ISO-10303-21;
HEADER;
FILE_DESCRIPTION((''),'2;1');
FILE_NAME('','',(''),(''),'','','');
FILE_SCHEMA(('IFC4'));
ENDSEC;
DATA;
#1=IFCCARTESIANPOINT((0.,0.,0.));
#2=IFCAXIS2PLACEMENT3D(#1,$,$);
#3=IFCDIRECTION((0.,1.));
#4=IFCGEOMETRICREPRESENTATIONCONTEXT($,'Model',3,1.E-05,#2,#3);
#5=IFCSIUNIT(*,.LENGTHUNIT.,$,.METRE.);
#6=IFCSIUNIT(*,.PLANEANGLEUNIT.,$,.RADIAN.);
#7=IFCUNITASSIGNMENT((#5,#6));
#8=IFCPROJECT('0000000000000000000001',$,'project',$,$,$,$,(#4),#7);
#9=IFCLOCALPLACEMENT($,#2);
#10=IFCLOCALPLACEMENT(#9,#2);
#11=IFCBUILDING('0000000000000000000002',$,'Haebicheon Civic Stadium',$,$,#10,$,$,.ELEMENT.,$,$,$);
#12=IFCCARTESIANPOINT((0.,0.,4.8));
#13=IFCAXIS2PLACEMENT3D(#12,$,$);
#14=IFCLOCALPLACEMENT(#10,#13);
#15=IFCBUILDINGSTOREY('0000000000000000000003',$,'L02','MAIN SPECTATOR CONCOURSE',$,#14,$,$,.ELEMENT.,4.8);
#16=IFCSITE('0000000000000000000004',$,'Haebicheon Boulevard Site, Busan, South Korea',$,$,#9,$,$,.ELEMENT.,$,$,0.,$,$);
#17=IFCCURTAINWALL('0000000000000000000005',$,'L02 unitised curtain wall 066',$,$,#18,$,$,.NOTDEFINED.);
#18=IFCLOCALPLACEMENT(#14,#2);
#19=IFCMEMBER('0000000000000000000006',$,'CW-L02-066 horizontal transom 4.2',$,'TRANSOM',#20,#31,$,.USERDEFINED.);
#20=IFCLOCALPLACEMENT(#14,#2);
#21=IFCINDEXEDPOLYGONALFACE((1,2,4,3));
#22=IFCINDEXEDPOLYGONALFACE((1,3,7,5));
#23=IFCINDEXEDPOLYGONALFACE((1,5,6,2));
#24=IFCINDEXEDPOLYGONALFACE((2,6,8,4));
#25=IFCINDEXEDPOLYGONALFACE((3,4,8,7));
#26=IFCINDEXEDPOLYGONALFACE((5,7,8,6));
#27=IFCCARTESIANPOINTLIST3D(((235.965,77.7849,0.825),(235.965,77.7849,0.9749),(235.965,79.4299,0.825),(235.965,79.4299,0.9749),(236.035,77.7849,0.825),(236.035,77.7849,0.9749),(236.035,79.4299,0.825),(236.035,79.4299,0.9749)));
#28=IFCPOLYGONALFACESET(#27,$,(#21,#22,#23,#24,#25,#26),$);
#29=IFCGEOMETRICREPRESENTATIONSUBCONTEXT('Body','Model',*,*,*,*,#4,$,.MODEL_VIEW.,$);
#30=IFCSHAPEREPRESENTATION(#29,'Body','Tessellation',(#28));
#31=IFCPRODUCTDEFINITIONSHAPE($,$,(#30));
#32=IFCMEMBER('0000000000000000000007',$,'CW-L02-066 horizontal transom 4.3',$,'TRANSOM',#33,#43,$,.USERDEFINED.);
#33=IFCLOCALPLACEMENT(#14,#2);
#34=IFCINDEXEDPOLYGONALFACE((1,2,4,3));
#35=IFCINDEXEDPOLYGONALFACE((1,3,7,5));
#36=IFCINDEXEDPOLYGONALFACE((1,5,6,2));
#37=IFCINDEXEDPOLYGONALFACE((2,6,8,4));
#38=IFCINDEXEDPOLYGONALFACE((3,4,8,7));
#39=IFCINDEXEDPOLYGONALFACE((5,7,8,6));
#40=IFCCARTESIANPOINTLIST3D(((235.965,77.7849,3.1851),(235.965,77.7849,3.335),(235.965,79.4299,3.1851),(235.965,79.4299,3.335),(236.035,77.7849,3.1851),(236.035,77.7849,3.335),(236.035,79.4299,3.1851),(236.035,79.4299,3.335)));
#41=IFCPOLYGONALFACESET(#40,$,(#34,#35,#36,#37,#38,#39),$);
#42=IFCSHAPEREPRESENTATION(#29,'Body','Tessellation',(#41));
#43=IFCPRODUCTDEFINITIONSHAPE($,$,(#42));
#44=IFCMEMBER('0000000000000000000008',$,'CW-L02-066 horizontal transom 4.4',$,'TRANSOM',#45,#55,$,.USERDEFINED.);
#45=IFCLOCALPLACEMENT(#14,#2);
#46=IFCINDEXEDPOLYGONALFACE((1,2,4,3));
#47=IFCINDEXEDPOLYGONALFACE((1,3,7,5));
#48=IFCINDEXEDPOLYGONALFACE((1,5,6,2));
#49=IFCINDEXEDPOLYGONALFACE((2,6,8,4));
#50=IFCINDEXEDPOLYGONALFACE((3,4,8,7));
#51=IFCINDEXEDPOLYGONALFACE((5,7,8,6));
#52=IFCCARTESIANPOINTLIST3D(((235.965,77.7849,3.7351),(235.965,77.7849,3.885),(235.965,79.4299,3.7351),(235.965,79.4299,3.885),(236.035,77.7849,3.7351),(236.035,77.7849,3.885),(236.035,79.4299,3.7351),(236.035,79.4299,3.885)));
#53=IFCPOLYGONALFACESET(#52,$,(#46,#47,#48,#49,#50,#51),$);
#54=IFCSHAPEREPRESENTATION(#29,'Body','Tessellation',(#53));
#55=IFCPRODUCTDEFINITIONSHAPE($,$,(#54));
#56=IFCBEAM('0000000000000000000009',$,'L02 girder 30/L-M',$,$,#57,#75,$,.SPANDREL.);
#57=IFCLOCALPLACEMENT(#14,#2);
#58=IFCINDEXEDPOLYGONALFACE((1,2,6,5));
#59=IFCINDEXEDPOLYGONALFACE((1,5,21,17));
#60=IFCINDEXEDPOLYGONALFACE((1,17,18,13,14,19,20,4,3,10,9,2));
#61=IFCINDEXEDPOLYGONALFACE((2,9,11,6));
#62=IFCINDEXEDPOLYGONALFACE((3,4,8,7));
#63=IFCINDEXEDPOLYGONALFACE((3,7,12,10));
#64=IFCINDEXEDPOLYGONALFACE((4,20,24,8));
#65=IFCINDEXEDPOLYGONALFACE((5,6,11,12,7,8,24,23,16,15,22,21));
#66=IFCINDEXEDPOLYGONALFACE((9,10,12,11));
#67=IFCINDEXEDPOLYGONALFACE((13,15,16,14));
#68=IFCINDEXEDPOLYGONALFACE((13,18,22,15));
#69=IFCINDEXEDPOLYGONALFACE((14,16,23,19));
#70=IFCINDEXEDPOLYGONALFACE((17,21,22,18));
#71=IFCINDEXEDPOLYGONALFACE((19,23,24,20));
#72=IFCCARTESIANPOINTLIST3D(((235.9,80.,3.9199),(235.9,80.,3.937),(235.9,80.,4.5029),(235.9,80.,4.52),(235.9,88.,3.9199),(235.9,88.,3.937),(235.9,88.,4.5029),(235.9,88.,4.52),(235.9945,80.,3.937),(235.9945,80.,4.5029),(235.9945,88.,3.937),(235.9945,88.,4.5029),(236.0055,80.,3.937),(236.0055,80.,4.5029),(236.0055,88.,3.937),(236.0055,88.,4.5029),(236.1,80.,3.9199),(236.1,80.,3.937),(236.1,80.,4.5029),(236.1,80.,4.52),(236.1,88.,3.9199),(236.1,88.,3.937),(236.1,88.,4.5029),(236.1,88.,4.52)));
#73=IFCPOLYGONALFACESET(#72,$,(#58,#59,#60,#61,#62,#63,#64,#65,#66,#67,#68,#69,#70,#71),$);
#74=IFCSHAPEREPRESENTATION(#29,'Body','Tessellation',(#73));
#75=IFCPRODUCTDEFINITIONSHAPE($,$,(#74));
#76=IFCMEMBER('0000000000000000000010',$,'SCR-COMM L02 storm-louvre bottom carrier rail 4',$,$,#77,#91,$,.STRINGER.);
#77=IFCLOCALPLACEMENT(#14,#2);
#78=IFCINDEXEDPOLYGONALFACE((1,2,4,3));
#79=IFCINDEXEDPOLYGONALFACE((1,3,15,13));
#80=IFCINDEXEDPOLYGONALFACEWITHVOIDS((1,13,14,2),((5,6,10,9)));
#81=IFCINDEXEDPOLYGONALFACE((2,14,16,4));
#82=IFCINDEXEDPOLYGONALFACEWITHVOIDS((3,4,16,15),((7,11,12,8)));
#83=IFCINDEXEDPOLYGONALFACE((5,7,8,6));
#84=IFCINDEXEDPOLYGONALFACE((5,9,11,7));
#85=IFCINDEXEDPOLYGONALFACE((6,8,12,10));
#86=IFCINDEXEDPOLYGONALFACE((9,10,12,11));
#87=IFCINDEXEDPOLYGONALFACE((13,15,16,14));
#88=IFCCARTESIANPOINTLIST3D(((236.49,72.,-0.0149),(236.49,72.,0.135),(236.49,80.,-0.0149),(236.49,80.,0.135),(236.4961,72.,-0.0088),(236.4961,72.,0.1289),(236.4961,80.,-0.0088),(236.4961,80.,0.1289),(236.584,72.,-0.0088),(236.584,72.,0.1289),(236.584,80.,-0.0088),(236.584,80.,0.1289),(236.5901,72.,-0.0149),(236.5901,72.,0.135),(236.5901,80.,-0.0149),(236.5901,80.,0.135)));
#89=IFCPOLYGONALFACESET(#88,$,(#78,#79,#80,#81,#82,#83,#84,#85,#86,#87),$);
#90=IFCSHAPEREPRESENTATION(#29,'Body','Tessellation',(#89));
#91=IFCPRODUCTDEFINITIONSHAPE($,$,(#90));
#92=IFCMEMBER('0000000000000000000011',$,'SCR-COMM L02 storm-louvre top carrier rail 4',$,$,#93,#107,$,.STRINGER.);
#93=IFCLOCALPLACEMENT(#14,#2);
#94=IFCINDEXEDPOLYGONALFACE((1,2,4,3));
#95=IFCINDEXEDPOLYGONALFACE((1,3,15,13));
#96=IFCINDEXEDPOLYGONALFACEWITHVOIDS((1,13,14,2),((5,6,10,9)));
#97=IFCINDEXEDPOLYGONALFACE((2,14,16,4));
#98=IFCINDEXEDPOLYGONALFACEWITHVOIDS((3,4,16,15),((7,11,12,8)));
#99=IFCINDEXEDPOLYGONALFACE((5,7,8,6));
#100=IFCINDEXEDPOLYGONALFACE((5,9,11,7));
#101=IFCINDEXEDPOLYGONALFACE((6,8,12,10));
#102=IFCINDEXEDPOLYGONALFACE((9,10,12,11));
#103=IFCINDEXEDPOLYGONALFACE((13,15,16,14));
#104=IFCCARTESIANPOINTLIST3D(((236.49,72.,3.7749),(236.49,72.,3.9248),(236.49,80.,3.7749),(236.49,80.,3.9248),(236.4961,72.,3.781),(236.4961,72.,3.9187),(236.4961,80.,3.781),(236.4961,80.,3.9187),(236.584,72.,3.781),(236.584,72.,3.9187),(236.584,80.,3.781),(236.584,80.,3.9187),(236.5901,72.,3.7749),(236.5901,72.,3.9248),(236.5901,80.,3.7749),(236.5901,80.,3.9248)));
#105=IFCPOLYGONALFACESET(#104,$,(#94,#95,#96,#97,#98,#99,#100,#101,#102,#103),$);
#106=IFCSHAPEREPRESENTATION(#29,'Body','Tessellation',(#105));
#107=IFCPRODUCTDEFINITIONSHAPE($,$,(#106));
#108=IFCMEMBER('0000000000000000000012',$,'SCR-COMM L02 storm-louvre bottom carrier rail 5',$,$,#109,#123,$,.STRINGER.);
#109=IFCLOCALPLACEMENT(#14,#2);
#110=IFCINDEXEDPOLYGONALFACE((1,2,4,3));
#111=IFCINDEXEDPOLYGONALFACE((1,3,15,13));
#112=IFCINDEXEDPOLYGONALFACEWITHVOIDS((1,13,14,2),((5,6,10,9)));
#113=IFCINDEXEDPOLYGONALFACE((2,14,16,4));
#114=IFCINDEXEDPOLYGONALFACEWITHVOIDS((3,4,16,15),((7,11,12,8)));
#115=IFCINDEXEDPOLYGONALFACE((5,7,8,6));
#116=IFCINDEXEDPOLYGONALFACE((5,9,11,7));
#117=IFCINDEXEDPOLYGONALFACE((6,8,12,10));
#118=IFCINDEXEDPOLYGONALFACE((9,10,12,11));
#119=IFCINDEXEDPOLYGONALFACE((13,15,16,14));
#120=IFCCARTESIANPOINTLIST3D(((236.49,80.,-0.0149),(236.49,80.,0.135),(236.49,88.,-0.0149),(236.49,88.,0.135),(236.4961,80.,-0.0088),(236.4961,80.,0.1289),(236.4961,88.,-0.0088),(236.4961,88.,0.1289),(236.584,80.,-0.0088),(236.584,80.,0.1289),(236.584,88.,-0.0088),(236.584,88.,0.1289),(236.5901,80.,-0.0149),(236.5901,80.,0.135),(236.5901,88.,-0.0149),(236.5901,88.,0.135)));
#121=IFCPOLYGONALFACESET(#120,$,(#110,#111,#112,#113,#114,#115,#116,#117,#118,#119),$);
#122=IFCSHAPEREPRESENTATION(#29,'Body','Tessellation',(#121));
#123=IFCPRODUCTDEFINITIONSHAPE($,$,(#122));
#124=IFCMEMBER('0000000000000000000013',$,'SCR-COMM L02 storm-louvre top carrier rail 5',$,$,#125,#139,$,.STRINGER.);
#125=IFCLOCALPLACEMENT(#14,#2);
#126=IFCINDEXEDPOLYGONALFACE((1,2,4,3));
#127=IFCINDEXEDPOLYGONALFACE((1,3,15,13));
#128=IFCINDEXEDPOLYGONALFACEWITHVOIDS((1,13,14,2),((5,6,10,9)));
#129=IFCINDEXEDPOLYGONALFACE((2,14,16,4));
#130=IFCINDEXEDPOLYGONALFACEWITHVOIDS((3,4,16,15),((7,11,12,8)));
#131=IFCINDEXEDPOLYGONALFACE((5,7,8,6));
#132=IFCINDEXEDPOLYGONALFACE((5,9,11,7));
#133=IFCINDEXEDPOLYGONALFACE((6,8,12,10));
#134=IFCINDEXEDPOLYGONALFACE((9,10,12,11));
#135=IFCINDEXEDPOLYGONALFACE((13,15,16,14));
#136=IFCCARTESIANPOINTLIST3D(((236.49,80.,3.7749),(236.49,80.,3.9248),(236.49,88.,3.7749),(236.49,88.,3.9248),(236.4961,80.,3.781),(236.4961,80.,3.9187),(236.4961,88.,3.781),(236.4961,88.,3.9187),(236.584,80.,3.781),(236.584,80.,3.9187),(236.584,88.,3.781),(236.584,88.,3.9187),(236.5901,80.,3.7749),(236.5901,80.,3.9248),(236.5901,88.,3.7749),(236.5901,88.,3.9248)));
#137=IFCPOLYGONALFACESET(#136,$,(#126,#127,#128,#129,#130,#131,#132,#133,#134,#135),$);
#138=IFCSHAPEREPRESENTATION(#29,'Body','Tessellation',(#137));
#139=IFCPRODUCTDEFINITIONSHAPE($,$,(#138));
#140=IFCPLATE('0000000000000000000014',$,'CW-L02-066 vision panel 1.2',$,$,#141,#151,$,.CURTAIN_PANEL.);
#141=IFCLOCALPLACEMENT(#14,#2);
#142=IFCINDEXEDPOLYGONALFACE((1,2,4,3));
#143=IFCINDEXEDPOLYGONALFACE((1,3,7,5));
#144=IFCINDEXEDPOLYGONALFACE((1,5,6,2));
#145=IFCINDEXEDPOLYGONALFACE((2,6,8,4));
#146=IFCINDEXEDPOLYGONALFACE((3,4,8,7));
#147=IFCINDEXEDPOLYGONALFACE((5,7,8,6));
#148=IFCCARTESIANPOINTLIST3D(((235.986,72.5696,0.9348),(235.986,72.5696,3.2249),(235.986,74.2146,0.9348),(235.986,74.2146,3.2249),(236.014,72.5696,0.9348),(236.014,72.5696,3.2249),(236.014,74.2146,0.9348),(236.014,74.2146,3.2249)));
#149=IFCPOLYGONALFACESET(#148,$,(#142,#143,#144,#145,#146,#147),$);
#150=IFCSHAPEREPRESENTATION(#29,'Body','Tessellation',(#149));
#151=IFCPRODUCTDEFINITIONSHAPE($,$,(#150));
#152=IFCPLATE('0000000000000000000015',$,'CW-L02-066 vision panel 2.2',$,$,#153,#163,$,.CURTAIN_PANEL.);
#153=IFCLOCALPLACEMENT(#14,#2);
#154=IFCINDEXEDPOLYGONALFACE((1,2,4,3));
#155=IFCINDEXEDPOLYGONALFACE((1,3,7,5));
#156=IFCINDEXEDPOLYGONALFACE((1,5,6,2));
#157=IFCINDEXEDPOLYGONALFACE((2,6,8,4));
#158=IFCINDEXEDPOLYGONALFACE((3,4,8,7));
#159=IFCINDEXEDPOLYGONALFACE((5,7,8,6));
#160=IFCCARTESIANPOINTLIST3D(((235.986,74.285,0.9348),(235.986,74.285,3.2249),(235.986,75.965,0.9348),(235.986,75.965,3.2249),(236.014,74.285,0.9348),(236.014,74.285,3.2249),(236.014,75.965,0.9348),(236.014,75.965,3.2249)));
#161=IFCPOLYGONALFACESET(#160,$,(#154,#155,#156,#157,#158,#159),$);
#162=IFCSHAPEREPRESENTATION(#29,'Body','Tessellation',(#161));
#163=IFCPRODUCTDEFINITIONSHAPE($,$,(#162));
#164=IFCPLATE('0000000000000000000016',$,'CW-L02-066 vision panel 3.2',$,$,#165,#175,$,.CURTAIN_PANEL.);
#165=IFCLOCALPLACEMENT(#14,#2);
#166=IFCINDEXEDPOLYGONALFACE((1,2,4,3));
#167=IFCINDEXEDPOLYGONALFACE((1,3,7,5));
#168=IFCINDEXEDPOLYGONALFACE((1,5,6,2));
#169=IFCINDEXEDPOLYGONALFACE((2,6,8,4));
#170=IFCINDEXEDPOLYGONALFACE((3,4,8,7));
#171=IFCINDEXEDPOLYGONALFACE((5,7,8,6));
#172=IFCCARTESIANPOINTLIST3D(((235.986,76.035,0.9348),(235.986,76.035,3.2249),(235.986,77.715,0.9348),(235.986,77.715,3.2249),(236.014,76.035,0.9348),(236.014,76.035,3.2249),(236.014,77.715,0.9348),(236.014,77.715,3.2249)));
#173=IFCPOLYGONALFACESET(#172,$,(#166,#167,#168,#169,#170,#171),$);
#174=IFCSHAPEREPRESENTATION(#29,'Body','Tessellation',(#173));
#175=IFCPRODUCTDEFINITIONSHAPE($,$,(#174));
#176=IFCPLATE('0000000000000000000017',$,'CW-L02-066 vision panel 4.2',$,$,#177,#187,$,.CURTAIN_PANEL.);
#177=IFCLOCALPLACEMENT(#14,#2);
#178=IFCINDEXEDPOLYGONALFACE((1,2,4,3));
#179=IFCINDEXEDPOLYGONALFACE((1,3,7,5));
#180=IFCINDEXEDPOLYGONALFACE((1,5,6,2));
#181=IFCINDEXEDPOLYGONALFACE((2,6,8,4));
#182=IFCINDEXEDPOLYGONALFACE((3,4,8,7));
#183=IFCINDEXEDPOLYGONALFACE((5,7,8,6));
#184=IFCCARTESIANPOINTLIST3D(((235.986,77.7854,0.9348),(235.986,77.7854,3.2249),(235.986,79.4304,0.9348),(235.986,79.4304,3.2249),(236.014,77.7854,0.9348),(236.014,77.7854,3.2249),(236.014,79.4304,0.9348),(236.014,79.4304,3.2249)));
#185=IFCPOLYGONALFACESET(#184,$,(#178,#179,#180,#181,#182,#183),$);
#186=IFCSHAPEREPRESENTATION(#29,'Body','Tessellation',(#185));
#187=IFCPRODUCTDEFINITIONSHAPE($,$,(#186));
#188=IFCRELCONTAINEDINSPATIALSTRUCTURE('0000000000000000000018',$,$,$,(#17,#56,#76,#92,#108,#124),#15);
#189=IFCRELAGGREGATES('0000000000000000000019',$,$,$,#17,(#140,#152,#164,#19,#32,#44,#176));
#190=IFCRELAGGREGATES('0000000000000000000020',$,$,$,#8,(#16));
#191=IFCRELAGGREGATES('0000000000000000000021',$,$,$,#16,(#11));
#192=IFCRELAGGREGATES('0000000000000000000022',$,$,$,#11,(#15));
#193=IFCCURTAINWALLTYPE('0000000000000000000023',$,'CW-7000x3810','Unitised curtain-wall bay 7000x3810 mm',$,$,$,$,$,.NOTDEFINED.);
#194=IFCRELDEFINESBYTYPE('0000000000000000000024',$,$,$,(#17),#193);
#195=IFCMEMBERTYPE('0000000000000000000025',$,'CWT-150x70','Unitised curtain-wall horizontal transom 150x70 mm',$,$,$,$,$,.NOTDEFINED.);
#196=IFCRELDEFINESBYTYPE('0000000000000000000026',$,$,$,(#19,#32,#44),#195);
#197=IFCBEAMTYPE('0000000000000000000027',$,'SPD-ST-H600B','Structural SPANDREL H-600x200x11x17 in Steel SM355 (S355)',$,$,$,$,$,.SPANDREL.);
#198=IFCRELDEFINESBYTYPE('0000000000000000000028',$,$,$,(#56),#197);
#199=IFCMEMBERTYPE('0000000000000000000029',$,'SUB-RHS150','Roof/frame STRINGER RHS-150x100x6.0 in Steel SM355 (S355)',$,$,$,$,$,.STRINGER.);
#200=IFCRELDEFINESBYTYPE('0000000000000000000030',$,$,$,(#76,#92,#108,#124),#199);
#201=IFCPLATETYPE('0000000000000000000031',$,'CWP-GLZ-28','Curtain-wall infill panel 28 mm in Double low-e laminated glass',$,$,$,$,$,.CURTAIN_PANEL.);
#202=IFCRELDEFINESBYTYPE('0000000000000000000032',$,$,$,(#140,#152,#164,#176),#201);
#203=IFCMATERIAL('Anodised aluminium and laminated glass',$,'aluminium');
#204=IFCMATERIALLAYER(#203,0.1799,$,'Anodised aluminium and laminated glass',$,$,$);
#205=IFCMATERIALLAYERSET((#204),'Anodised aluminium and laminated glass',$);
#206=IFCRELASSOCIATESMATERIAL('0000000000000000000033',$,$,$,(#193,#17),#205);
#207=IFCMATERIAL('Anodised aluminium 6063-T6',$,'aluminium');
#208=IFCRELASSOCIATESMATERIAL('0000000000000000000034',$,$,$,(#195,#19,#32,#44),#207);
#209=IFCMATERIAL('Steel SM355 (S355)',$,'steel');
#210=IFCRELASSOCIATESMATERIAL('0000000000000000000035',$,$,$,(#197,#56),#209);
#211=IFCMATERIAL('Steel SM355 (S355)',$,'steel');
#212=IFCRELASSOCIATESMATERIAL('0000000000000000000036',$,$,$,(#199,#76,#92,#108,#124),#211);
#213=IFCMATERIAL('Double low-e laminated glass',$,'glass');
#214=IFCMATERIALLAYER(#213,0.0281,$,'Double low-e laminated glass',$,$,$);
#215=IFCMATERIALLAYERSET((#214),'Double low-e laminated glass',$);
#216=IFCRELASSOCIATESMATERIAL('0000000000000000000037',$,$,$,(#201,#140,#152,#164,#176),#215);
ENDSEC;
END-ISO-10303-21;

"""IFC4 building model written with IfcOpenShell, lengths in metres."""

from ifc_helpers import new_model, si_unit, direction, frame, origin, origin_2d, place, context, subcontext, project, spatial, rectangle, hollow_rectangle, i_section, extrude, material, layer, layer_set, material_profile, profile_set, type_object, element, aggregate, save


model = new_model("IFC4")

# Units and contexts
model_context = context("Model", 3, precision=1e-05, world=origin(), true_north=direction((0.0, 1.0)))
body_context = subcontext(model_context, "Body", "Model", "MODEL_VIEW")
ifc_project = project(units=[si_unit("LENGTHUNIT", "METRE"), si_unit("PLANEANGLEUNIT", "RADIAN")], contexts=[model_context])

# Site, building, storey
site_placement = place(None, origin())
site = spatial("IfcSite", under=ifc_project, at=site_placement, Name="Haebicheon Boulevard Site, Busan, South Korea", CompositionType="ELEMENT", RefElevation=0.0)
building_placement = place(site_placement, origin())
building = spatial("IfcBuilding", under=site, at=building_placement, Name="Haebicheon Civic Stadium", CompositionType="ELEMENT")
storey_placement = place(building_placement, frame((0.0, 0.0, 4.8)))
storey = spatial("IfcBuildingStorey", under=building, at=storey_placement, Name="L02", Description="MAIN SPECTATOR CONCOURSE", CompositionType="ELEMENT", Elevation=4.8)

# Curtain wall, members
ifc_material_1 = material(Name="Anodised aluminium and laminated glass", Category="aluminium")
ifc_layer_1 = layer(ifc_material_1, 0.1799, Name="Anodised aluminium and laminated glass")
ifc_layer_set_1 = layer_set([ifc_layer_1], Name="Anodised aluminium and laminated glass")
curtain_wall_type = type_object("IfcCurtainWallType", Name="CW-7000x3810", Description="Unitised curtain-wall bay 7000x3810 mm", PredefinedType="NOTDEFINED", material=ifc_layer_set_1)
curtain_wall_placement = place(storey_placement, origin())
curtain_wall = element("IfcCurtainWall", 1, at=curtain_wall_placement, inside=storey, type_object=curtain_wall_type, material=ifc_layer_set_1, Name="L02 unitised curtain wall 066", PredefinedType="NOTDEFINED")
ifc_material_2 = material(Name="Anodised aluminium 6063-T6", Category="aluminium")
ifc_material_profile_1 = material_profile(ifc_material_2, rectangle(XDim=0.0701, YDim=0.1499, at=origin_2d()), Name="ALU-TRAN-70x150")
ifc_profile_set_1 = profile_set([ifc_material_profile_1], Name="Anodised aluminium 6063-T6")
member_type_1 = type_object("IfcMemberType", Name="CWT-150x70", Description="Unitised curtain-wall horizontal transom 150x70 mm", PredefinedType="NOTDEFINED", material=ifc_profile_set_1)
member_1_placement = place(storey_placement, frame((236.0, 77.7849, 0.8999), z_axis=(0.0, 1.0, 0.0), x_axis=(-1.0, 0.0, 0.0)))
member_1 = element("IfcMember", 2, at=member_1_placement, type_object=member_type_1, material=ifc_profile_set_1, Name="CW-L02-066 horizontal transom 4.2", ObjectType="TRANSOM", PredefinedType="USERDEFINED", context=body_context, shape_type="SweptSolid", body=[
    extrude(rectangle(XDim=0.0701, YDim=0.1499, at=origin_2d()), origin(), (0.0, 0.0, 1.0), 1.645),
])
member_2_placement = place(storey_placement, frame((236.0, 77.7849, 3.26), z_axis=(0.0, 1.0, 0.0), x_axis=(-1.0, 0.0, 0.0)))
member_2 = element("IfcMember", 3, at=member_2_placement, type_object=member_type_1, material=ifc_profile_set_1, Name="CW-L02-066 horizontal transom 4.3", ObjectType="TRANSOM", PredefinedType="USERDEFINED", context=body_context, shape_type="SweptSolid", body=[
    extrude(rectangle(XDim=0.0701, YDim=0.1499, at=origin_2d()), origin(), (0.0, 0.0, 1.0), 1.645),
])
member_3_placement = place(storey_placement, frame((236.0, 77.7849, 3.8101), z_axis=(0.0, 1.0, 0.0), x_axis=(-1.0, 0.0, 0.0)))
member_3 = element("IfcMember", 4, at=member_3_placement, type_object=member_type_1, material=ifc_profile_set_1, Name="CW-L02-066 horizontal transom 4.4", ObjectType="TRANSOM", PredefinedType="USERDEFINED", context=body_context, shape_type="SweptSolid", body=[
    extrude(rectangle(XDim=0.0701, YDim=0.1499, at=origin_2d()), origin(), (0.0, 0.0, 1.0), 1.645),
])

# Beam
ifc_material_3 = material(Name="Steel SM355 (S355)", Category="steel")
ifc_material_profile_2 = material_profile(ifc_material_3, i_section(OverallWidth=0.2, OverallDepth=0.6001, WebThickness=0.011, FlangeThickness=0.0171, at=origin_2d()), Name="H-600x200x11x17")
ifc_profile_set_2 = profile_set([ifc_material_profile_2], Name="Steel SM355 (S355)")
beam_type = type_object("IfcBeamType", Name="SPD-ST-H600B", Description="Structural SPANDREL H-600x200x11x17 in Steel SM355 (S355)", PredefinedType="SPANDREL", material=ifc_profile_set_2)
beam_placement = place(storey_placement, frame((236.0, 80.0, 4.22), z_axis=(0.0, 1.0, 0.0), x_axis=(-1.0, 0.0, 0.0)))
element("IfcBeam", 5, at=beam_placement, inside=storey, type_object=beam_type, material=ifc_profile_set_2, Name="L02 girder 30/L-M", PredefinedType="SPANDREL", context=body_context, shape_type="SweptSolid", body=[
    extrude(i_section(OverallWidth=0.2, OverallDepth=0.6001, WebThickness=0.011, FlangeThickness=0.0171, at=origin_2d()), origin(), (0.0, 0.0, 1.0), 8.0),
])

# Members
ifc_material_4 = material(Name="Steel SM355 (S355)", Category="steel")
ifc_material_profile_3 = material_profile(ifc_material_4, hollow_rectangle(XDim=0.1001, YDim=0.1499, WallThickness=0.0061, at=origin_2d()), Name="RHS-150x100x6.0")
ifc_profile_set_3 = profile_set([ifc_material_profile_3], Name="Steel SM355 (S355)")
member_type_2 = type_object("IfcMemberType", Name="SUB-RHS150", Description="Roof/frame STRINGER RHS-150x100x6.0 in Steel SM355 (S355)", PredefinedType="STRINGER", material=ifc_profile_set_3)
for number, where, z_axis, x_axis, name in (
    (6, (236.54, 72.0, 0.0601), (0.0, 1.0, 0.0), (-1.0, 0.0, 0.0), "SCR-COMM L02 storm-louvre bottom carrier rail 4"),
    (7, (236.54, 72.0, 3.8499), (0.0, 1.0, 0.0), (-1.0, 0.0, 0.0), "SCR-COMM L02 storm-louvre top carrier rail 4"),
    (8, (236.54, 80.0, 0.0601), (0.0, 1.0, 0.0), (-1.0, 0.0, 0.0), "SCR-COMM L02 storm-louvre bottom carrier rail 5"),
    (9, (236.54, 80.0, 3.8499), (0.0, 1.0, 0.0), (-1.0, 0.0, 0.0), "SCR-COMM L02 storm-louvre top carrier rail 5"),
):
    element("IfcMember", number, at=place(storey_placement, frame(where, z_axis=z_axis, x_axis=x_axis)), inside=storey, type_object=member_type_2, material=ifc_profile_set_3, Name=name, PredefinedType="STRINGER", context=body_context, shape_type="SweptSolid", body=[
        extrude(hollow_rectangle(XDim=0.1001, YDim=0.1499, WallThickness=0.0061, at=origin_2d()), origin(), (0.0, 0.0, 1.0), 8.0),
    ])

# Plates
ifc_material_5 = material(Name="Double low-e laminated glass", Category="glass")
ifc_layer_2 = layer(ifc_material_5, 0.0281, Name="Double low-e laminated glass")
ifc_layer_set_2 = layer_set([ifc_layer_2], Name="Double low-e laminated glass")
plate_type_1 = type_object("IfcPlateType", Name="CWP-GLZ-28", Description="Curtain-wall infill panel 28 mm in Double low-e laminated glass", PredefinedType="CURTAIN_PANEL", material=ifc_layer_set_2)
plate_1_placement = place(storey_placement, frame((236.0, 73.3921, 0.9348), z_axis=(0.0, 0.0, 1.0), x_axis=(0.0, 1.0, 0.0)))
plate_1 = element("IfcPlate", 10, at=plate_1_placement, type_object=plate_type_1, material=ifc_layer_set_2, Name="CW-L02-066 vision panel 1.2", PredefinedType="CURTAIN_PANEL", context=body_context, shape_type="SweptSolid", body=[
    extrude(rectangle(XDim=1.645, YDim=0.0281, at=origin_2d()), origin(), (0.0, 0.0, 1.0), 2.29),
])
plate_2_placement = place(storey_placement, frame((236.0, 75.125, 0.9348), z_axis=(0.0, 0.0, 1.0), x_axis=(0.0, 1.0, 0.0)))
plate_2 = element("IfcPlate", 11, at=plate_2_placement, type_object=plate_type_1, material=ifc_layer_set_2, Name="CW-L02-066 vision panel 2.2", PredefinedType="CURTAIN_PANEL", context=body_context, shape_type="SweptSolid", body=[
    extrude(rectangle(XDim=1.6799, YDim=0.0281, at=origin_2d()), origin(), (0.0, 0.0, 1.0), 2.29),
])
plate_3_placement = place(storey_placement, frame((236.0, 76.875, 0.9348), z_axis=(0.0, 0.0, 1.0), x_axis=(0.0, 1.0, 0.0)))
plate_3 = element("IfcPlate", 12, at=plate_3_placement, type_object=plate_type_1, material=ifc_layer_set_2, Name="CW-L02-066 vision panel 3.2", PredefinedType="CURTAIN_PANEL", context=body_context, shape_type="SweptSolid", body=[
    extrude(rectangle(XDim=1.6799, YDim=0.0281, at=origin_2d()), origin(), (0.0, 0.0, 1.0), 2.29),
])
plate_4_placement = place(storey_placement, frame((236.0, 78.6079, 0.9348), z_axis=(0.0, 0.0, 1.0), x_axis=(0.0, 1.0, 0.0)))
plate_4 = element("IfcPlate", 13, at=plate_4_placement, type_object=plate_type_1, material=ifc_layer_set_2, Name="CW-L02-066 vision panel 4.2", PredefinedType="CURTAIN_PANEL", context=body_context, shape_type="SweptSolid", body=[
    extrude(rectangle(XDim=1.645, YDim=0.0281, at=origin_2d()), origin(), (0.0, 0.0, 1.0), 2.29),
])
aggregate(curtain_wall, [plate_1, plate_2, plate_3, member_1, member_2, member_3, plate_4])

save(model, "model.ifc")
